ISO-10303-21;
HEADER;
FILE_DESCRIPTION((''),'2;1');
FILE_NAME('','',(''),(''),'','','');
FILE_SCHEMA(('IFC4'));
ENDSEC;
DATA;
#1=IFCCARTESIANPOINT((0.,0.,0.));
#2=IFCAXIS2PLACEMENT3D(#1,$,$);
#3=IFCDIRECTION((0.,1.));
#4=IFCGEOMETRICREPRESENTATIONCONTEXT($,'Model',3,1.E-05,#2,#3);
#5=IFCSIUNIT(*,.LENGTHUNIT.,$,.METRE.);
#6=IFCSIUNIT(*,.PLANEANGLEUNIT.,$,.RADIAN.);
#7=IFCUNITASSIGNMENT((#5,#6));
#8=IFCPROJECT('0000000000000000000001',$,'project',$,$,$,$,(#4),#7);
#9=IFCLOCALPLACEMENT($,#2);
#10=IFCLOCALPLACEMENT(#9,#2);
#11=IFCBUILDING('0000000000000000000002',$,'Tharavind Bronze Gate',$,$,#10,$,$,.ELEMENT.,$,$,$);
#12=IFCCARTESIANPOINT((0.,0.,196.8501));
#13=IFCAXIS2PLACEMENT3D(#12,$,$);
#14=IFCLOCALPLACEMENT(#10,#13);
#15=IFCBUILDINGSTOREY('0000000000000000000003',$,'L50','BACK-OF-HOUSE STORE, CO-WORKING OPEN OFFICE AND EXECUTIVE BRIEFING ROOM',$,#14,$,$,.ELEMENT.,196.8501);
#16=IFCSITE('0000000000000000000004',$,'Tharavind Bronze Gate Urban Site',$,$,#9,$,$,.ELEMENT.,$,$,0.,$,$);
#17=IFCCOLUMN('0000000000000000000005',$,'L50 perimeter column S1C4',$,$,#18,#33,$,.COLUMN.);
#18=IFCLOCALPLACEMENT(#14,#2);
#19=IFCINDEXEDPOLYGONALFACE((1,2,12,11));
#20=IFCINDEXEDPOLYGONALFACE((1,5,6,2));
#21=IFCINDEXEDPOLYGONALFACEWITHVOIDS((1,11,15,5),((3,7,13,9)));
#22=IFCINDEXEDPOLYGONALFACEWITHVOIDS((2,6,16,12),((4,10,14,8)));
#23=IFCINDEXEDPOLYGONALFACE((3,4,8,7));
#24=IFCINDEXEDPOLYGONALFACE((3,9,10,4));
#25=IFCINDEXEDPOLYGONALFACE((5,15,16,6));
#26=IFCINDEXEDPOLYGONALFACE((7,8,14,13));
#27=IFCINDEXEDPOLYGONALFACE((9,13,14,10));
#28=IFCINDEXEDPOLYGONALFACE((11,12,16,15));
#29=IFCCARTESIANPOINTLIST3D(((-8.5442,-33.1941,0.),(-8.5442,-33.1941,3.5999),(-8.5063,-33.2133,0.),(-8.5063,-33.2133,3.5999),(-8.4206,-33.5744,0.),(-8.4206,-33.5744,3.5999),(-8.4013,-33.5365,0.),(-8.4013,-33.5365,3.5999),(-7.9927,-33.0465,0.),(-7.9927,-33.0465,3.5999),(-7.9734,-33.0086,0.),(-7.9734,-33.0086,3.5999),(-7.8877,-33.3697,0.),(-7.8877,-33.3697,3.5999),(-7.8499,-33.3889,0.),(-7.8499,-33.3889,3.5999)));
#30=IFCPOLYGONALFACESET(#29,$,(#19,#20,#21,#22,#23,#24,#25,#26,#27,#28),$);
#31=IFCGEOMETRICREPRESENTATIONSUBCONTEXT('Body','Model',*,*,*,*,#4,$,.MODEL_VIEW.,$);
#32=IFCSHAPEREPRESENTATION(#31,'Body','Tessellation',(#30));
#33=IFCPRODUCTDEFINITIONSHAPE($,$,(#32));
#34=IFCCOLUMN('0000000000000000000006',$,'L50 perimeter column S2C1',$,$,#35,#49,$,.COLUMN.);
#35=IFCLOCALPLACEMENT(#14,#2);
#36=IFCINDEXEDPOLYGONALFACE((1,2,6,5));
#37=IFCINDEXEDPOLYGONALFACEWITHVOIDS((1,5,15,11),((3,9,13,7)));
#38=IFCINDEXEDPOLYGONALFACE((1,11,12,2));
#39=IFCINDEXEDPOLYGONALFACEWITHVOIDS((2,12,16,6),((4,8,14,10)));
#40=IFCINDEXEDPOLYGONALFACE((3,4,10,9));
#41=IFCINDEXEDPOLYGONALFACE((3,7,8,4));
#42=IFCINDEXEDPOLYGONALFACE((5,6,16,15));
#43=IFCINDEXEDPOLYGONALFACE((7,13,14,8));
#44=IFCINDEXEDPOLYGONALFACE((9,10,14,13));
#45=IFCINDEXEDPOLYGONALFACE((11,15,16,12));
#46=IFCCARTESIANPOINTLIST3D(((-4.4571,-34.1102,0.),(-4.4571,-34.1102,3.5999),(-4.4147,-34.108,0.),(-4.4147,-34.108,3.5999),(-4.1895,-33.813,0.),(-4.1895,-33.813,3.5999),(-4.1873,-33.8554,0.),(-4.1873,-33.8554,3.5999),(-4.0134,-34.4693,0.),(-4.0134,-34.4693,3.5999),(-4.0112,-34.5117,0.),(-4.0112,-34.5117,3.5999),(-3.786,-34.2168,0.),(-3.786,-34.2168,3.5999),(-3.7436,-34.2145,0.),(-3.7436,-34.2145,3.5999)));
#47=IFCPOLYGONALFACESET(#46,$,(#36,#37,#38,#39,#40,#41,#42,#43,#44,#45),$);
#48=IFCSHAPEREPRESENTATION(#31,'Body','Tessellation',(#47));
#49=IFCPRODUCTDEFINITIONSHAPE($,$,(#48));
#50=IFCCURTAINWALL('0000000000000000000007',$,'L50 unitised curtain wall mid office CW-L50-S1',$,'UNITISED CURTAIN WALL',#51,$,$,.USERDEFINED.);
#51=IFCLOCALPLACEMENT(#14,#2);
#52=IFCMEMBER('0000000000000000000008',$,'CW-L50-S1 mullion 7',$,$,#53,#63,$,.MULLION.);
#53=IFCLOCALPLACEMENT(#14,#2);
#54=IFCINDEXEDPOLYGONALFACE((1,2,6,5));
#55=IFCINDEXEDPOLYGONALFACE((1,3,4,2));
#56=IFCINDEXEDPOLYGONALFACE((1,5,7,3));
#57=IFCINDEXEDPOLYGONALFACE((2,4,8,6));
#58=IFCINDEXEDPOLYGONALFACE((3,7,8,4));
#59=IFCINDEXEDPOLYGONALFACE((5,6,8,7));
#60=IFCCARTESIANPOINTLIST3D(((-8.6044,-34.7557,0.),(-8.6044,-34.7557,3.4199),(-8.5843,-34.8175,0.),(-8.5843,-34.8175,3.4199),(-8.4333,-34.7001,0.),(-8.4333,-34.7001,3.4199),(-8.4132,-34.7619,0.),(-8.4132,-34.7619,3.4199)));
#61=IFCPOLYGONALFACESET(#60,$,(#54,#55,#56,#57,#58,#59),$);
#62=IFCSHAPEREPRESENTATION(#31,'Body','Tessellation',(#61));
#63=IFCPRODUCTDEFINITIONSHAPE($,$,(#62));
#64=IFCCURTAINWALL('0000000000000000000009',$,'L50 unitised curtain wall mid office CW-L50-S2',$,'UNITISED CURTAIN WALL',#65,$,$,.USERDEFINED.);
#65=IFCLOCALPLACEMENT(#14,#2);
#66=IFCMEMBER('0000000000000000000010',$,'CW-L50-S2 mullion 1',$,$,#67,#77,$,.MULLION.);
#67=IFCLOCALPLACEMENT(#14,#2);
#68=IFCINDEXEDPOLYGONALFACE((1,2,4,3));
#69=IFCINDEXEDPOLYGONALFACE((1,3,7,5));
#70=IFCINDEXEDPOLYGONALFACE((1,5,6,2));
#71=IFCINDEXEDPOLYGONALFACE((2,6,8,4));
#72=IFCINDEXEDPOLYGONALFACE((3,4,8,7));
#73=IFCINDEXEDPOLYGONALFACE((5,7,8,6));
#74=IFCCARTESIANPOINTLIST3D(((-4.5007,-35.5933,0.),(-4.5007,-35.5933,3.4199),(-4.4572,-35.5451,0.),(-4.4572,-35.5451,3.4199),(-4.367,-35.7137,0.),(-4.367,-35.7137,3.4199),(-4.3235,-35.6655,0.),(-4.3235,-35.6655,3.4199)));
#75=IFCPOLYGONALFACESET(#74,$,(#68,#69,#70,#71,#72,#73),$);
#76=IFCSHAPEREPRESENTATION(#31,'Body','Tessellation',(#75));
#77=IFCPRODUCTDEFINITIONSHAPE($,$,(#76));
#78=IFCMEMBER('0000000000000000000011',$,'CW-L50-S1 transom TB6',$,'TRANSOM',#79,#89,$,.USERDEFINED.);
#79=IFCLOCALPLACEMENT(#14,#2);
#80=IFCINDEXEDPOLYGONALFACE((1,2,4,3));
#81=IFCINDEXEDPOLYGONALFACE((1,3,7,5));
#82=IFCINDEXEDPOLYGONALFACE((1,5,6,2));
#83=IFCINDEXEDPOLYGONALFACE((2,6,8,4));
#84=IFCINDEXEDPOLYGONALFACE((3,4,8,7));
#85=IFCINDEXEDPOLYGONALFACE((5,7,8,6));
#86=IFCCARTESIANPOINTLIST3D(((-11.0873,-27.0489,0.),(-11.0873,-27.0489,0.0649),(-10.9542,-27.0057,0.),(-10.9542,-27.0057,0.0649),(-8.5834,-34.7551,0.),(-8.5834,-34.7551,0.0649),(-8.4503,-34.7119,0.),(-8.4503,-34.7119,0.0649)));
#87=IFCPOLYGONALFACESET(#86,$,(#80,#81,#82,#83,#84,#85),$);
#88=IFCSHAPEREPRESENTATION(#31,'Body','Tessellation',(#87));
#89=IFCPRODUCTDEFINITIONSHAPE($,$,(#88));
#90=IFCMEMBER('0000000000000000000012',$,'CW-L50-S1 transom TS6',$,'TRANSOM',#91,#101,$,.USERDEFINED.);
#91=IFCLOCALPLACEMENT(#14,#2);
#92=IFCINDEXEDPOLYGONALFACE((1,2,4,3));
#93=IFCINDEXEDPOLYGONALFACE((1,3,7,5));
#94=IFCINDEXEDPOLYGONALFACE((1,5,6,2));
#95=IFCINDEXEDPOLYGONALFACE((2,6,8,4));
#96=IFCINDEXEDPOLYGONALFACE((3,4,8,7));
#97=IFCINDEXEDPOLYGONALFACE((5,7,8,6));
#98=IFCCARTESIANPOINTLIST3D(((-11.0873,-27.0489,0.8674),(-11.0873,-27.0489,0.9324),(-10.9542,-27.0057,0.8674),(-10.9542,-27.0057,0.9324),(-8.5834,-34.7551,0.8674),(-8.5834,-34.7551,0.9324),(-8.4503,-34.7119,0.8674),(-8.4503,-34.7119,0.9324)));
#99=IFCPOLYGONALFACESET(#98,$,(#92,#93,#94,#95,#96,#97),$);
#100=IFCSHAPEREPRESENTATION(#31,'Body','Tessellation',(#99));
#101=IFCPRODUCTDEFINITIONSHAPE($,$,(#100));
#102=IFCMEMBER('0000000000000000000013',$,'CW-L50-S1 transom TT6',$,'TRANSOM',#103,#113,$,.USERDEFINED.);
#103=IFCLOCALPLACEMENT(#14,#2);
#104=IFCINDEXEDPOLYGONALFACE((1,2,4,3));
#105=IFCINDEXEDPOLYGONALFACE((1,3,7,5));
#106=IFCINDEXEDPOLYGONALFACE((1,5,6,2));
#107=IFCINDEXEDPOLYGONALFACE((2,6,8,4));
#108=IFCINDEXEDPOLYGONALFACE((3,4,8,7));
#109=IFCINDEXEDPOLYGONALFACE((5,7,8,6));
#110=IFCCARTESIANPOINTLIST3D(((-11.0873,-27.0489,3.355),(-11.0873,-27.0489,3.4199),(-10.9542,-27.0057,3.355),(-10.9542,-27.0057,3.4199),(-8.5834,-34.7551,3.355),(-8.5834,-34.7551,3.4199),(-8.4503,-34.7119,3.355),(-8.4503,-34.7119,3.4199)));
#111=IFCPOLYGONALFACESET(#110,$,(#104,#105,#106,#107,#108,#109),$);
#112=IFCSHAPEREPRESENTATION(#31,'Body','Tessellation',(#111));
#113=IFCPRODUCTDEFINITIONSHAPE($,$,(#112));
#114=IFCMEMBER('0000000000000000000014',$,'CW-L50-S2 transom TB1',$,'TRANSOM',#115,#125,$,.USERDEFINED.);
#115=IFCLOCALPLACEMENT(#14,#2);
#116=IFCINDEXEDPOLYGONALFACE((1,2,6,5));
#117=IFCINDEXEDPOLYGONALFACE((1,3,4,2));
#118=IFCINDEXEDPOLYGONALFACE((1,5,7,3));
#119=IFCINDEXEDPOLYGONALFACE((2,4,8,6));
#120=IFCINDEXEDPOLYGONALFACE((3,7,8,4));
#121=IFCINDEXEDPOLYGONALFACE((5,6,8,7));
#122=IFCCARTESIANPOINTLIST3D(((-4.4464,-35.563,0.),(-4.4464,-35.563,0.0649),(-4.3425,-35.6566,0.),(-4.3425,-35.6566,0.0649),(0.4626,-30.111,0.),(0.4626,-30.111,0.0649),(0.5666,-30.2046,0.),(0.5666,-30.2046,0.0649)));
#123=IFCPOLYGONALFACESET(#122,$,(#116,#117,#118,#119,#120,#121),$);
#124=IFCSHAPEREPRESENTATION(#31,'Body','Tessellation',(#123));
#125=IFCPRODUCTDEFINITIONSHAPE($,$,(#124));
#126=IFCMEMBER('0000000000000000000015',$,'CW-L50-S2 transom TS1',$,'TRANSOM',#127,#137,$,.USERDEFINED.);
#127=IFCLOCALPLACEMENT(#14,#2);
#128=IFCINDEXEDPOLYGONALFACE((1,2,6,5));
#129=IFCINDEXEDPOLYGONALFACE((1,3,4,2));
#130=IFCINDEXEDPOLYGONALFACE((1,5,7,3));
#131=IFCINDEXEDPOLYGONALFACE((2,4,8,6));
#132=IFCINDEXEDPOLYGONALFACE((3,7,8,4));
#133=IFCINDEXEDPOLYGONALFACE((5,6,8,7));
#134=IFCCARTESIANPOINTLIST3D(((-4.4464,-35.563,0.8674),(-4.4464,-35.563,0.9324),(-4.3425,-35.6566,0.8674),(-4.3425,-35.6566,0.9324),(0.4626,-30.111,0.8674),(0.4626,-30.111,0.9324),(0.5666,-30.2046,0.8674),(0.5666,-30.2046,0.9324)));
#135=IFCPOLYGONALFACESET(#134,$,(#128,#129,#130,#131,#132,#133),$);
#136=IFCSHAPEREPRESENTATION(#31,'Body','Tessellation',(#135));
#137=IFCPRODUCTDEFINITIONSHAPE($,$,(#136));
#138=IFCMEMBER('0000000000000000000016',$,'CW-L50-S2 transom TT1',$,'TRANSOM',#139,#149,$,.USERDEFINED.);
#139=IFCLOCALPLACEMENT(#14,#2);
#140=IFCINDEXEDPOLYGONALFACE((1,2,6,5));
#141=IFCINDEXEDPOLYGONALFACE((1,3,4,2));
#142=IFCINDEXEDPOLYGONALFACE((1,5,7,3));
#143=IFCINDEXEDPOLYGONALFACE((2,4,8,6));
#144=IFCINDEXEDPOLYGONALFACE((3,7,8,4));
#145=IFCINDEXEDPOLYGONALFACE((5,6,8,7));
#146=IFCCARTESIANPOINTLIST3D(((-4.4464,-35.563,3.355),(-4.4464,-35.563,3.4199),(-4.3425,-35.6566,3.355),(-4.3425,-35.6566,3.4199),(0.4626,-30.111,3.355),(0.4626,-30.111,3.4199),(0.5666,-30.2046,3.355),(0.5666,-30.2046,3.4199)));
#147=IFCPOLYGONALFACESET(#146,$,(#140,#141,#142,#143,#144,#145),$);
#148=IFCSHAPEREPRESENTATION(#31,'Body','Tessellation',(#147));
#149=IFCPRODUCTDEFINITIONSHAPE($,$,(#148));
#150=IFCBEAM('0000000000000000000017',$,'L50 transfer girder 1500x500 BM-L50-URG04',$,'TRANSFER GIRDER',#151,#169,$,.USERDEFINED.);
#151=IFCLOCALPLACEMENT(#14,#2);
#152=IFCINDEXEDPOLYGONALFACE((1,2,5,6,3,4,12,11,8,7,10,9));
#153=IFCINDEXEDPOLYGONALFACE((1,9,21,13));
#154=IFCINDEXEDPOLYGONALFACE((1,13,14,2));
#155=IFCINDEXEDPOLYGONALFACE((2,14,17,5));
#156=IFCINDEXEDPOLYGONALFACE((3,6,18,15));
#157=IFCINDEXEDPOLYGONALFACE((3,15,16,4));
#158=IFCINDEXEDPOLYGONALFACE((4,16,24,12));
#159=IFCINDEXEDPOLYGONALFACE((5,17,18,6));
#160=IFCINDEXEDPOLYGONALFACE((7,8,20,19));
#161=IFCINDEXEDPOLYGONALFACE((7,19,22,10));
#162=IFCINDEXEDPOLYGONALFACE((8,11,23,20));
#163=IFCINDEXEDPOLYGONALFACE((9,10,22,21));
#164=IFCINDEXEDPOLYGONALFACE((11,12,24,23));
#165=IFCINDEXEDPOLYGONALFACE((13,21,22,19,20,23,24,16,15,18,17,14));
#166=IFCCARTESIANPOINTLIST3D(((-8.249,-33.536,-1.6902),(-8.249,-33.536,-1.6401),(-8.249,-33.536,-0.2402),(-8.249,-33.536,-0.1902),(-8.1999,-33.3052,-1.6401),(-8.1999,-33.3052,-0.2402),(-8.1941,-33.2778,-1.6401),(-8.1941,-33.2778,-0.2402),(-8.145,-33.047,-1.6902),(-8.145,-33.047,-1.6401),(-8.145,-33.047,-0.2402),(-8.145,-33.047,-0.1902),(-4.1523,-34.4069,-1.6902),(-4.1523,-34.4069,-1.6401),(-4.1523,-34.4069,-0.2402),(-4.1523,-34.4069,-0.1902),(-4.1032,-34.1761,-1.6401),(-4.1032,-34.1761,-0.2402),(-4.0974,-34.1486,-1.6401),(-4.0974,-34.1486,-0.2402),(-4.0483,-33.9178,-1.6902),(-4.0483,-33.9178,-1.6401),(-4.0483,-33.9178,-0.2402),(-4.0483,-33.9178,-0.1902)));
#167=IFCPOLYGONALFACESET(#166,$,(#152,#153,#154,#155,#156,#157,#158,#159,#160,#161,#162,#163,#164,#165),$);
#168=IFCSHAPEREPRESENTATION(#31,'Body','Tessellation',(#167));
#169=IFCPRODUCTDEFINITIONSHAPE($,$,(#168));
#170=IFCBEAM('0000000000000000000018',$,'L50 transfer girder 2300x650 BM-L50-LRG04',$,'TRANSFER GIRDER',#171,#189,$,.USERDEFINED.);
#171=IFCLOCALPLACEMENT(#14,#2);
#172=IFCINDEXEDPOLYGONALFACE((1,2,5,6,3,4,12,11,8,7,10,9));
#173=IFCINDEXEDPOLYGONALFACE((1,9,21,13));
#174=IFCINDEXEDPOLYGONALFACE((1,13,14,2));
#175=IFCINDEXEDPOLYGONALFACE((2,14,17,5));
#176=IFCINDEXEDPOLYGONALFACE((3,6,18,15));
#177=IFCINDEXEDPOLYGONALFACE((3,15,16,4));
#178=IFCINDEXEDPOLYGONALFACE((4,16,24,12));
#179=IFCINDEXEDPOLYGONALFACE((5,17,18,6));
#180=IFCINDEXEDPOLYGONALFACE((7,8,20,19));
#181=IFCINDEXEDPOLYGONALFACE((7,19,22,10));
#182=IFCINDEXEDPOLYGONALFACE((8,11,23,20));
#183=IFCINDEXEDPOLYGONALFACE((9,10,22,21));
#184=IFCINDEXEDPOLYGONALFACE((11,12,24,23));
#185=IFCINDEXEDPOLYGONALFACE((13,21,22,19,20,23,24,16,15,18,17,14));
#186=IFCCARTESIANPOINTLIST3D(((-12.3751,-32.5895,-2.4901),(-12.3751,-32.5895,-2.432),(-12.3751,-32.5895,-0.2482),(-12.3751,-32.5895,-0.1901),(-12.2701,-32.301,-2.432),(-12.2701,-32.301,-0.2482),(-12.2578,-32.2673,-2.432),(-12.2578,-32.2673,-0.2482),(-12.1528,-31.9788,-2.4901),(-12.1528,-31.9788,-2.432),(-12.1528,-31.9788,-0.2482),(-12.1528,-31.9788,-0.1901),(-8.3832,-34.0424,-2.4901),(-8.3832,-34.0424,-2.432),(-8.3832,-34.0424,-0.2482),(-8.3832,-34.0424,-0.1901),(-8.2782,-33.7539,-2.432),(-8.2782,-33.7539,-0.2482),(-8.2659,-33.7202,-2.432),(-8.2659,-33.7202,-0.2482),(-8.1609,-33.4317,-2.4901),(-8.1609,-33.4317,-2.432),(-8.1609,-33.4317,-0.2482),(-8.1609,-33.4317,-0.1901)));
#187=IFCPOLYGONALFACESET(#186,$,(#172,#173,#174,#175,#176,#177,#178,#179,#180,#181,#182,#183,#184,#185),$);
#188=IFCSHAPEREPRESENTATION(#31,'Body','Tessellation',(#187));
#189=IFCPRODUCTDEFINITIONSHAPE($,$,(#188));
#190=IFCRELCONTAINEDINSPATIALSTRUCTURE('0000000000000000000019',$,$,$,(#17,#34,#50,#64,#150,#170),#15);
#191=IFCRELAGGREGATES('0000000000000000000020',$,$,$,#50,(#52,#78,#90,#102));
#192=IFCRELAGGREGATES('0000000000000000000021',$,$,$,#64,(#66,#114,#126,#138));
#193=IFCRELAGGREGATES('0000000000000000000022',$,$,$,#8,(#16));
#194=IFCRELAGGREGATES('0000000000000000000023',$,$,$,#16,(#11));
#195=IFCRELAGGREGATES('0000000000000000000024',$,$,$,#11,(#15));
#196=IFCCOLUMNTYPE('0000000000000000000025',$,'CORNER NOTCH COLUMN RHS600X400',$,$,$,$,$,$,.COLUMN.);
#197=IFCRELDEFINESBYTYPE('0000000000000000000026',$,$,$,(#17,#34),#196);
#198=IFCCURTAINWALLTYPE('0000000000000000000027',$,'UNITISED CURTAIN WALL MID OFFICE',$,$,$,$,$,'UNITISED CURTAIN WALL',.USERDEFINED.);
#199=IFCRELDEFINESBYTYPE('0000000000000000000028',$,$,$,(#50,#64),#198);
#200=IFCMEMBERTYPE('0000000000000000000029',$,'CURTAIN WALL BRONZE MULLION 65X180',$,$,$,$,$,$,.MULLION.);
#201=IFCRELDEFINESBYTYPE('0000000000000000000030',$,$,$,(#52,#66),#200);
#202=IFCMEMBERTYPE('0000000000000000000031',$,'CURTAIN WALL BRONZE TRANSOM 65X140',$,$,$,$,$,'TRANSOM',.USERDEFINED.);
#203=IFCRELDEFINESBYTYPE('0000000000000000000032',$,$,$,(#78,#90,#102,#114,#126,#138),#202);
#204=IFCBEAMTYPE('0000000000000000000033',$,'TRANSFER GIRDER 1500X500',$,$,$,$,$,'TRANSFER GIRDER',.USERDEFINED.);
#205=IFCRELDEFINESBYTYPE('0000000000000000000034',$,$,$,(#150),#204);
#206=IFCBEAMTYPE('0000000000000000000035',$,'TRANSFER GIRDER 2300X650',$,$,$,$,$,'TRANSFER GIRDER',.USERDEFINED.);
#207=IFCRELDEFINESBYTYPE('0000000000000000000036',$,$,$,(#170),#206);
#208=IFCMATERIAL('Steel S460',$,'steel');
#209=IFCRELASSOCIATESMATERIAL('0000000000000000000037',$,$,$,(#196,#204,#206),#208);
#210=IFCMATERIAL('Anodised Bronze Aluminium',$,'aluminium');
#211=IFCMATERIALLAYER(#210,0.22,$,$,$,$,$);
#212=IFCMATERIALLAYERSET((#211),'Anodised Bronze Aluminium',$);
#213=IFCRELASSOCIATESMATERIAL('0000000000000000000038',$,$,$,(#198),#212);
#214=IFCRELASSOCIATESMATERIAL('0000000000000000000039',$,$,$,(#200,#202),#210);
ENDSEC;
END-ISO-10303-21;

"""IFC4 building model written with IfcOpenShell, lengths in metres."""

from ifc_helpers import new_model, si_unit, direction, frame, origin, origin_2d, place, context, subcontext, project, spatial, rectangle, hollow_rectangle, i_section, extrude, material, layer, layer_set, material_profile, profile_set, type_object, element, aggregate, save


model = new_model("IFC4")

# Units and contexts
model_context = context("Model", 3, precision=1e-05, world=origin(), true_north=direction((0.0, 1.0)))
body_context = subcontext(model_context, "Body", "Model", "MODEL_VIEW")
ifc_project = project(units=[si_unit("LENGTHUNIT", "METRE"), si_unit("PLANEANGLEUNIT", "RADIAN")], contexts=[model_context])

# Site, building, storey
site_placement = place(None, origin())
site = spatial("IfcSite", under=ifc_project, at=site_placement, Name="Tharavind Bronze Gate Urban Site", CompositionType="ELEMENT", RefElevation=0.0)
building_placement = place(site_placement, origin())
building = spatial("IfcBuilding", under=site, at=building_placement, Name="Tharavind Bronze Gate", CompositionType="ELEMENT")
storey_placement = place(building_placement, frame((0.0, 0.0, 196.8501)))
storey = spatial("IfcBuildingStorey", under=building, at=storey_placement, Name="L50", Description="BACK-OF-HOUSE STORE, CO-WORKING OPEN OFFICE AND EXECUTIVE BRIEFING ROOM", CompositionType="ELEMENT", Elevation=196.8501)

# Columns
ifc_material_1 = material(Name="Steel S460", Category="steel")
ifc_material_profile_1 = material_profile(ifc_material_1, hollow_rectangle(XDim=0.3999, YDim=0.6001, WallThickness=0.03, at=origin_2d()), Name="RHS600X400X30")
ifc_profile_set_1 = profile_set([ifc_material_profile_1], Name="Steel S460")
column_type = type_object("IfcColumnType", Name="CORNER NOTCH COLUMN RHS600X400", PredefinedType="COLUMN", material=ifc_profile_set_1)
for number, where, z_axis, x_axis, name in (
    (1, (-8.197, -33.2915, 0.0), (0.0, 0.0, 1.0), (-0.309017, 0.951057, 0.0), "L50 perimeter column S1C4"),
    (2, (-4.1003, -34.1624, 0.0), (0.0, 0.0, 1.0), (0.669131, 0.743145, 0.0), "L50 perimeter column S2C1"),
):
    element("IfcColumn", number, at=place(storey_placement, frame(where, z_axis=z_axis, x_axis=x_axis)), inside=storey, type_object=column_type, Name=name, PredefinedType="COLUMN", context=body_context, shape_type="SweptSolid", body=[
        extrude(hollow_rectangle(XDim=0.3999, YDim=0.6001, WallThickness=0.03, at=origin_2d()), origin(), (0.0, 0.0, 1.0), 3.5999),
    ])

# Curtain walls, members
ifc_material_2 = material(Name="Anodised Bronze Aluminium", Category="aluminium")
ifc_layer_1 = layer(ifc_material_2, 0.22)
ifc_layer_set_1 = layer_set([ifc_layer_1], Name="Anodised Bronze Aluminium")
curtain_wall_type = type_object("IfcCurtainWallType", Name="UNITISED CURTAIN WALL MID OFFICE", ElementType="UNITISED CURTAIN WALL", PredefinedType="USERDEFINED", material=ifc_layer_set_1)
curtain_wall_1_placement = place(storey_placement, origin())
curtain_wall_1 = element("IfcCurtainWall", 3, at=curtain_wall_1_placement, inside=storey, type_object=curtain_wall_type, Name="L50 unitised curtain wall mid office CW-L50-S1", ObjectType="UNITISED CURTAIN WALL", PredefinedType="USERDEFINED")
member_type_1 = type_object("IfcMemberType", Name="CURTAIN WALL BRONZE MULLION 65X180", PredefinedType="MULLION", material=ifc_material_2)
member_1_placement = place(storey_placement, frame((-8.5088, -34.7588, 0.0), z_axis=(0.0, 0.0, 1.0), x_axis=(0.309017, -0.951057, 0.0)))
member_1 = element("IfcMember", 4, at=member_1_placement, type_object=member_type_1, Name="CW-L50-S1 mullion 7", PredefinedType="MULLION", context=body_context, shape_type="SweptSolid", body=[
    extrude(rectangle(XDim=0.0649, YDim=0.1799, at=origin_2d()), origin(), (0.0, 0.0, 1.0), 3.4199),
])
curtain_wall_2_placement = place(storey_placement, origin())
curtain_wall_2 = element("IfcCurtainWall", 5, at=curtain_wall_2_placement, inside=storey, type_object=curtain_wall_type, Name="L50 unitised curtain wall mid office CW-L50-S2", ObjectType="UNITISED CURTAIN WALL", PredefinedType="USERDEFINED")
member_2_placement = place(storey_placement, frame((-4.4121, -35.6294, 0.0), z_axis=(0.0, 0.0, 1.0), x_axis=(0.669131, 0.743145, 0.0)))
member_2 = element("IfcMember", 6, at=member_2_placement, type_object=member_type_1, Name="CW-L50-S2 mullion 1", PredefinedType="MULLION", context=body_context, shape_type="SweptSolid", body=[
    extrude(rectangle(XDim=0.0649, YDim=0.1799, at=origin_2d()), origin(), (0.0, 0.0, 1.0), 3.4199),
])

# Members
member_type_2 = type_object("IfcMemberType", Name="CURTAIN WALL BRONZE TRANSOM 65X140", ElementType="TRANSOM", PredefinedType="USERDEFINED", material=ifc_material_2)
member_3_placement = place(storey_placement, frame((-9.7688, -30.8804, 0.0), z_axis=(0.0, 0.0, 1.0), x_axis=(0.309017, -0.951057, 0.0)))
member_3 = element("IfcMember", 7, at=member_3_placement, type_object=member_type_2, Name="CW-L50-S1 transom TB6", ObjectType="TRANSOM", PredefinedType="USERDEFINED", context=body_context, shape_type="SweptSolid", body=[
    extrude(rectangle(XDim=8.1028, YDim=0.1399, at=origin_2d()), origin(), (0.0, 0.0, 1.0), 0.0649),
])
member_4_placement = place(storey_placement, frame((-9.7688, -30.8804, 0.8674), z_axis=(0.0, 0.0, 1.0), x_axis=(0.309017, -0.951057, 0.0)))
member_4 = element("IfcMember", 8, at=member_4_placement, type_object=member_type_2, Name="CW-L50-S1 transom TS6", ObjectType="TRANSOM", PredefinedType="USERDEFINED", context=body_context, shape_type="SweptSolid", body=[
    extrude(rectangle(XDim=8.1028, YDim=0.1399, at=origin_2d()), origin(), (0.0, 0.0, 1.0), 0.0649),
])
member_5_placement = place(storey_placement, frame((-9.7688, -30.8804, 3.355), z_axis=(0.0, 0.0, 1.0), x_axis=(0.309017, -0.951057, 0.0)))
member_5 = element("IfcMember", 9, at=member_5_placement, type_object=member_type_2, Name="CW-L50-S1 transom TT6", ObjectType="TRANSOM", PredefinedType="USERDEFINED", context=body_context, shape_type="SweptSolid", body=[
    extrude(rectangle(XDim=8.1028, YDim=0.1399, at=origin_2d()), origin(), (0.0, 0.0, 1.0), 0.0649),
])
member_6_placement = place(storey_placement, frame((-1.9399, -32.8838, 0.0), z_axis=(0.0, 0.0, 1.0), x_axis=(0.669131, 0.743145, 0.0)))
member_6 = element("IfcMember", 10, at=member_6_placement, type_object=member_type_2, Name="CW-L50-S2 transom TB1", ObjectType="TRANSOM", PredefinedType="USERDEFINED", context=body_context, shape_type="SweptSolid", body=[
    extrude(rectangle(XDim=7.3364, YDim=0.1399, at=origin_2d()), origin(), (0.0, 0.0, 1.0), 0.0649),
])
member_7_placement = place(storey_placement, frame((-1.9399, -32.8838, 0.8674), z_axis=(0.0, 0.0, 1.0), x_axis=(0.669131, 0.743145, 0.0)))
member_7 = element("IfcMember", 11, at=member_7_placement, type_object=member_type_2, Name="CW-L50-S2 transom TS1", ObjectType="TRANSOM", PredefinedType="USERDEFINED", context=body_context, shape_type="SweptSolid", body=[
    extrude(rectangle(XDim=7.3364, YDim=0.1399, at=origin_2d()), origin(), (0.0, 0.0, 1.0), 0.0649),
])
member_8_placement = place(storey_placement, frame((-1.9399, -32.8838, 3.355), z_axis=(0.0, 0.0, 1.0), x_axis=(0.669131, 0.743145, 0.0)))
member_8 = element("IfcMember", 12, at=member_8_placement, type_object=member_type_2, Name="CW-L50-S2 transom TT1", ObjectType="TRANSOM", PredefinedType="USERDEFINED", context=body_context, shape_type="SweptSolid", body=[
    extrude(rectangle(XDim=7.3364, YDim=0.1399, at=origin_2d()), origin(), (0.0, 0.0, 1.0), 0.0649),
])

# Beams
ifc_material_profile_2 = material_profile(ifc_material_1, i_section(OverallWidth=0.5, OverallDepth=1.5, WebThickness=0.0281, FlangeThickness=0.05, at=origin_2d()), Name="PG1500X500")
ifc_profile_set_2 = profile_set([ifc_material_profile_2], Name="Steel S460")
beam_type_1 = type_object("IfcBeamType", Name="TRANSFER GIRDER 1500X500", ElementType="TRANSFER GIRDER", PredefinedType="USERDEFINED", material=ifc_profile_set_2)
beam_1_placement = place(storey_placement, frame((-8.197, -33.2915, -0.9402), z_axis=(0.978144, -0.207928, 0.0), x_axis=(0.207928, 0.978144, 0.0)))
element("IfcBeam", 13, at=beam_1_placement, inside=storey, type_object=beam_type_1, Name="L50 transfer girder 1500x500 BM-L50-URG04", ObjectType="TRANSFER GIRDER", PredefinedType="USERDEFINED", context=body_context, shape_type="SweptSolid", body=[
    extrude(i_section(OverallWidth=0.5, OverallDepth=1.5, WebThickness=0.0281, FlangeThickness=0.05, at=origin_2d()), origin(), (0.0, 0.0, 1.0), 4.1882),
])
ifc_material_profile_3 = material_profile(ifc_material_1, i_section(OverallWidth=0.6499, OverallDepth=2.3, WebThickness=0.0359, FlangeThickness=0.0581, at=origin_2d()), Name="PG2300X650")
ifc_profile_set_3 = profile_set([ifc_material_profile_3], Name="Steel S460")
beam_type_2 = type_object("IfcBeamType", Name="TRANSFER GIRDER 2300X650", ElementType="TRANSFER GIRDER", PredefinedType="USERDEFINED", material=ifc_profile_set_3)
beam_2_placement = place(storey_placement, frame((-12.2639, -32.2842, -1.3401), z_axis=(0.939698, -0.342006, 0.0), x_axis=(0.342006, 0.939698, 0.0)))
element("IfcBeam", 14, at=beam_2_placement, inside=storey, type_object=beam_type_2, Name="L50 transfer girder 2300x650 BM-L50-LRG04", ObjectType="TRANSFER GIRDER", PredefinedType="USERDEFINED", context=body_context, shape_type="SweptSolid", body=[
    extrude(i_section(OverallWidth=0.6499, OverallDepth=2.3, WebThickness=0.0359, FlangeThickness=0.0581, at=origin_2d()), origin(), (0.0, 0.0, 1.0), 4.248),
])

aggregate(curtain_wall_1, [member_1, member_3, member_4, member_5])
aggregate(curtain_wall_2, [member_2, member_6, member_7, member_8])

save(model, "model.ifc")
